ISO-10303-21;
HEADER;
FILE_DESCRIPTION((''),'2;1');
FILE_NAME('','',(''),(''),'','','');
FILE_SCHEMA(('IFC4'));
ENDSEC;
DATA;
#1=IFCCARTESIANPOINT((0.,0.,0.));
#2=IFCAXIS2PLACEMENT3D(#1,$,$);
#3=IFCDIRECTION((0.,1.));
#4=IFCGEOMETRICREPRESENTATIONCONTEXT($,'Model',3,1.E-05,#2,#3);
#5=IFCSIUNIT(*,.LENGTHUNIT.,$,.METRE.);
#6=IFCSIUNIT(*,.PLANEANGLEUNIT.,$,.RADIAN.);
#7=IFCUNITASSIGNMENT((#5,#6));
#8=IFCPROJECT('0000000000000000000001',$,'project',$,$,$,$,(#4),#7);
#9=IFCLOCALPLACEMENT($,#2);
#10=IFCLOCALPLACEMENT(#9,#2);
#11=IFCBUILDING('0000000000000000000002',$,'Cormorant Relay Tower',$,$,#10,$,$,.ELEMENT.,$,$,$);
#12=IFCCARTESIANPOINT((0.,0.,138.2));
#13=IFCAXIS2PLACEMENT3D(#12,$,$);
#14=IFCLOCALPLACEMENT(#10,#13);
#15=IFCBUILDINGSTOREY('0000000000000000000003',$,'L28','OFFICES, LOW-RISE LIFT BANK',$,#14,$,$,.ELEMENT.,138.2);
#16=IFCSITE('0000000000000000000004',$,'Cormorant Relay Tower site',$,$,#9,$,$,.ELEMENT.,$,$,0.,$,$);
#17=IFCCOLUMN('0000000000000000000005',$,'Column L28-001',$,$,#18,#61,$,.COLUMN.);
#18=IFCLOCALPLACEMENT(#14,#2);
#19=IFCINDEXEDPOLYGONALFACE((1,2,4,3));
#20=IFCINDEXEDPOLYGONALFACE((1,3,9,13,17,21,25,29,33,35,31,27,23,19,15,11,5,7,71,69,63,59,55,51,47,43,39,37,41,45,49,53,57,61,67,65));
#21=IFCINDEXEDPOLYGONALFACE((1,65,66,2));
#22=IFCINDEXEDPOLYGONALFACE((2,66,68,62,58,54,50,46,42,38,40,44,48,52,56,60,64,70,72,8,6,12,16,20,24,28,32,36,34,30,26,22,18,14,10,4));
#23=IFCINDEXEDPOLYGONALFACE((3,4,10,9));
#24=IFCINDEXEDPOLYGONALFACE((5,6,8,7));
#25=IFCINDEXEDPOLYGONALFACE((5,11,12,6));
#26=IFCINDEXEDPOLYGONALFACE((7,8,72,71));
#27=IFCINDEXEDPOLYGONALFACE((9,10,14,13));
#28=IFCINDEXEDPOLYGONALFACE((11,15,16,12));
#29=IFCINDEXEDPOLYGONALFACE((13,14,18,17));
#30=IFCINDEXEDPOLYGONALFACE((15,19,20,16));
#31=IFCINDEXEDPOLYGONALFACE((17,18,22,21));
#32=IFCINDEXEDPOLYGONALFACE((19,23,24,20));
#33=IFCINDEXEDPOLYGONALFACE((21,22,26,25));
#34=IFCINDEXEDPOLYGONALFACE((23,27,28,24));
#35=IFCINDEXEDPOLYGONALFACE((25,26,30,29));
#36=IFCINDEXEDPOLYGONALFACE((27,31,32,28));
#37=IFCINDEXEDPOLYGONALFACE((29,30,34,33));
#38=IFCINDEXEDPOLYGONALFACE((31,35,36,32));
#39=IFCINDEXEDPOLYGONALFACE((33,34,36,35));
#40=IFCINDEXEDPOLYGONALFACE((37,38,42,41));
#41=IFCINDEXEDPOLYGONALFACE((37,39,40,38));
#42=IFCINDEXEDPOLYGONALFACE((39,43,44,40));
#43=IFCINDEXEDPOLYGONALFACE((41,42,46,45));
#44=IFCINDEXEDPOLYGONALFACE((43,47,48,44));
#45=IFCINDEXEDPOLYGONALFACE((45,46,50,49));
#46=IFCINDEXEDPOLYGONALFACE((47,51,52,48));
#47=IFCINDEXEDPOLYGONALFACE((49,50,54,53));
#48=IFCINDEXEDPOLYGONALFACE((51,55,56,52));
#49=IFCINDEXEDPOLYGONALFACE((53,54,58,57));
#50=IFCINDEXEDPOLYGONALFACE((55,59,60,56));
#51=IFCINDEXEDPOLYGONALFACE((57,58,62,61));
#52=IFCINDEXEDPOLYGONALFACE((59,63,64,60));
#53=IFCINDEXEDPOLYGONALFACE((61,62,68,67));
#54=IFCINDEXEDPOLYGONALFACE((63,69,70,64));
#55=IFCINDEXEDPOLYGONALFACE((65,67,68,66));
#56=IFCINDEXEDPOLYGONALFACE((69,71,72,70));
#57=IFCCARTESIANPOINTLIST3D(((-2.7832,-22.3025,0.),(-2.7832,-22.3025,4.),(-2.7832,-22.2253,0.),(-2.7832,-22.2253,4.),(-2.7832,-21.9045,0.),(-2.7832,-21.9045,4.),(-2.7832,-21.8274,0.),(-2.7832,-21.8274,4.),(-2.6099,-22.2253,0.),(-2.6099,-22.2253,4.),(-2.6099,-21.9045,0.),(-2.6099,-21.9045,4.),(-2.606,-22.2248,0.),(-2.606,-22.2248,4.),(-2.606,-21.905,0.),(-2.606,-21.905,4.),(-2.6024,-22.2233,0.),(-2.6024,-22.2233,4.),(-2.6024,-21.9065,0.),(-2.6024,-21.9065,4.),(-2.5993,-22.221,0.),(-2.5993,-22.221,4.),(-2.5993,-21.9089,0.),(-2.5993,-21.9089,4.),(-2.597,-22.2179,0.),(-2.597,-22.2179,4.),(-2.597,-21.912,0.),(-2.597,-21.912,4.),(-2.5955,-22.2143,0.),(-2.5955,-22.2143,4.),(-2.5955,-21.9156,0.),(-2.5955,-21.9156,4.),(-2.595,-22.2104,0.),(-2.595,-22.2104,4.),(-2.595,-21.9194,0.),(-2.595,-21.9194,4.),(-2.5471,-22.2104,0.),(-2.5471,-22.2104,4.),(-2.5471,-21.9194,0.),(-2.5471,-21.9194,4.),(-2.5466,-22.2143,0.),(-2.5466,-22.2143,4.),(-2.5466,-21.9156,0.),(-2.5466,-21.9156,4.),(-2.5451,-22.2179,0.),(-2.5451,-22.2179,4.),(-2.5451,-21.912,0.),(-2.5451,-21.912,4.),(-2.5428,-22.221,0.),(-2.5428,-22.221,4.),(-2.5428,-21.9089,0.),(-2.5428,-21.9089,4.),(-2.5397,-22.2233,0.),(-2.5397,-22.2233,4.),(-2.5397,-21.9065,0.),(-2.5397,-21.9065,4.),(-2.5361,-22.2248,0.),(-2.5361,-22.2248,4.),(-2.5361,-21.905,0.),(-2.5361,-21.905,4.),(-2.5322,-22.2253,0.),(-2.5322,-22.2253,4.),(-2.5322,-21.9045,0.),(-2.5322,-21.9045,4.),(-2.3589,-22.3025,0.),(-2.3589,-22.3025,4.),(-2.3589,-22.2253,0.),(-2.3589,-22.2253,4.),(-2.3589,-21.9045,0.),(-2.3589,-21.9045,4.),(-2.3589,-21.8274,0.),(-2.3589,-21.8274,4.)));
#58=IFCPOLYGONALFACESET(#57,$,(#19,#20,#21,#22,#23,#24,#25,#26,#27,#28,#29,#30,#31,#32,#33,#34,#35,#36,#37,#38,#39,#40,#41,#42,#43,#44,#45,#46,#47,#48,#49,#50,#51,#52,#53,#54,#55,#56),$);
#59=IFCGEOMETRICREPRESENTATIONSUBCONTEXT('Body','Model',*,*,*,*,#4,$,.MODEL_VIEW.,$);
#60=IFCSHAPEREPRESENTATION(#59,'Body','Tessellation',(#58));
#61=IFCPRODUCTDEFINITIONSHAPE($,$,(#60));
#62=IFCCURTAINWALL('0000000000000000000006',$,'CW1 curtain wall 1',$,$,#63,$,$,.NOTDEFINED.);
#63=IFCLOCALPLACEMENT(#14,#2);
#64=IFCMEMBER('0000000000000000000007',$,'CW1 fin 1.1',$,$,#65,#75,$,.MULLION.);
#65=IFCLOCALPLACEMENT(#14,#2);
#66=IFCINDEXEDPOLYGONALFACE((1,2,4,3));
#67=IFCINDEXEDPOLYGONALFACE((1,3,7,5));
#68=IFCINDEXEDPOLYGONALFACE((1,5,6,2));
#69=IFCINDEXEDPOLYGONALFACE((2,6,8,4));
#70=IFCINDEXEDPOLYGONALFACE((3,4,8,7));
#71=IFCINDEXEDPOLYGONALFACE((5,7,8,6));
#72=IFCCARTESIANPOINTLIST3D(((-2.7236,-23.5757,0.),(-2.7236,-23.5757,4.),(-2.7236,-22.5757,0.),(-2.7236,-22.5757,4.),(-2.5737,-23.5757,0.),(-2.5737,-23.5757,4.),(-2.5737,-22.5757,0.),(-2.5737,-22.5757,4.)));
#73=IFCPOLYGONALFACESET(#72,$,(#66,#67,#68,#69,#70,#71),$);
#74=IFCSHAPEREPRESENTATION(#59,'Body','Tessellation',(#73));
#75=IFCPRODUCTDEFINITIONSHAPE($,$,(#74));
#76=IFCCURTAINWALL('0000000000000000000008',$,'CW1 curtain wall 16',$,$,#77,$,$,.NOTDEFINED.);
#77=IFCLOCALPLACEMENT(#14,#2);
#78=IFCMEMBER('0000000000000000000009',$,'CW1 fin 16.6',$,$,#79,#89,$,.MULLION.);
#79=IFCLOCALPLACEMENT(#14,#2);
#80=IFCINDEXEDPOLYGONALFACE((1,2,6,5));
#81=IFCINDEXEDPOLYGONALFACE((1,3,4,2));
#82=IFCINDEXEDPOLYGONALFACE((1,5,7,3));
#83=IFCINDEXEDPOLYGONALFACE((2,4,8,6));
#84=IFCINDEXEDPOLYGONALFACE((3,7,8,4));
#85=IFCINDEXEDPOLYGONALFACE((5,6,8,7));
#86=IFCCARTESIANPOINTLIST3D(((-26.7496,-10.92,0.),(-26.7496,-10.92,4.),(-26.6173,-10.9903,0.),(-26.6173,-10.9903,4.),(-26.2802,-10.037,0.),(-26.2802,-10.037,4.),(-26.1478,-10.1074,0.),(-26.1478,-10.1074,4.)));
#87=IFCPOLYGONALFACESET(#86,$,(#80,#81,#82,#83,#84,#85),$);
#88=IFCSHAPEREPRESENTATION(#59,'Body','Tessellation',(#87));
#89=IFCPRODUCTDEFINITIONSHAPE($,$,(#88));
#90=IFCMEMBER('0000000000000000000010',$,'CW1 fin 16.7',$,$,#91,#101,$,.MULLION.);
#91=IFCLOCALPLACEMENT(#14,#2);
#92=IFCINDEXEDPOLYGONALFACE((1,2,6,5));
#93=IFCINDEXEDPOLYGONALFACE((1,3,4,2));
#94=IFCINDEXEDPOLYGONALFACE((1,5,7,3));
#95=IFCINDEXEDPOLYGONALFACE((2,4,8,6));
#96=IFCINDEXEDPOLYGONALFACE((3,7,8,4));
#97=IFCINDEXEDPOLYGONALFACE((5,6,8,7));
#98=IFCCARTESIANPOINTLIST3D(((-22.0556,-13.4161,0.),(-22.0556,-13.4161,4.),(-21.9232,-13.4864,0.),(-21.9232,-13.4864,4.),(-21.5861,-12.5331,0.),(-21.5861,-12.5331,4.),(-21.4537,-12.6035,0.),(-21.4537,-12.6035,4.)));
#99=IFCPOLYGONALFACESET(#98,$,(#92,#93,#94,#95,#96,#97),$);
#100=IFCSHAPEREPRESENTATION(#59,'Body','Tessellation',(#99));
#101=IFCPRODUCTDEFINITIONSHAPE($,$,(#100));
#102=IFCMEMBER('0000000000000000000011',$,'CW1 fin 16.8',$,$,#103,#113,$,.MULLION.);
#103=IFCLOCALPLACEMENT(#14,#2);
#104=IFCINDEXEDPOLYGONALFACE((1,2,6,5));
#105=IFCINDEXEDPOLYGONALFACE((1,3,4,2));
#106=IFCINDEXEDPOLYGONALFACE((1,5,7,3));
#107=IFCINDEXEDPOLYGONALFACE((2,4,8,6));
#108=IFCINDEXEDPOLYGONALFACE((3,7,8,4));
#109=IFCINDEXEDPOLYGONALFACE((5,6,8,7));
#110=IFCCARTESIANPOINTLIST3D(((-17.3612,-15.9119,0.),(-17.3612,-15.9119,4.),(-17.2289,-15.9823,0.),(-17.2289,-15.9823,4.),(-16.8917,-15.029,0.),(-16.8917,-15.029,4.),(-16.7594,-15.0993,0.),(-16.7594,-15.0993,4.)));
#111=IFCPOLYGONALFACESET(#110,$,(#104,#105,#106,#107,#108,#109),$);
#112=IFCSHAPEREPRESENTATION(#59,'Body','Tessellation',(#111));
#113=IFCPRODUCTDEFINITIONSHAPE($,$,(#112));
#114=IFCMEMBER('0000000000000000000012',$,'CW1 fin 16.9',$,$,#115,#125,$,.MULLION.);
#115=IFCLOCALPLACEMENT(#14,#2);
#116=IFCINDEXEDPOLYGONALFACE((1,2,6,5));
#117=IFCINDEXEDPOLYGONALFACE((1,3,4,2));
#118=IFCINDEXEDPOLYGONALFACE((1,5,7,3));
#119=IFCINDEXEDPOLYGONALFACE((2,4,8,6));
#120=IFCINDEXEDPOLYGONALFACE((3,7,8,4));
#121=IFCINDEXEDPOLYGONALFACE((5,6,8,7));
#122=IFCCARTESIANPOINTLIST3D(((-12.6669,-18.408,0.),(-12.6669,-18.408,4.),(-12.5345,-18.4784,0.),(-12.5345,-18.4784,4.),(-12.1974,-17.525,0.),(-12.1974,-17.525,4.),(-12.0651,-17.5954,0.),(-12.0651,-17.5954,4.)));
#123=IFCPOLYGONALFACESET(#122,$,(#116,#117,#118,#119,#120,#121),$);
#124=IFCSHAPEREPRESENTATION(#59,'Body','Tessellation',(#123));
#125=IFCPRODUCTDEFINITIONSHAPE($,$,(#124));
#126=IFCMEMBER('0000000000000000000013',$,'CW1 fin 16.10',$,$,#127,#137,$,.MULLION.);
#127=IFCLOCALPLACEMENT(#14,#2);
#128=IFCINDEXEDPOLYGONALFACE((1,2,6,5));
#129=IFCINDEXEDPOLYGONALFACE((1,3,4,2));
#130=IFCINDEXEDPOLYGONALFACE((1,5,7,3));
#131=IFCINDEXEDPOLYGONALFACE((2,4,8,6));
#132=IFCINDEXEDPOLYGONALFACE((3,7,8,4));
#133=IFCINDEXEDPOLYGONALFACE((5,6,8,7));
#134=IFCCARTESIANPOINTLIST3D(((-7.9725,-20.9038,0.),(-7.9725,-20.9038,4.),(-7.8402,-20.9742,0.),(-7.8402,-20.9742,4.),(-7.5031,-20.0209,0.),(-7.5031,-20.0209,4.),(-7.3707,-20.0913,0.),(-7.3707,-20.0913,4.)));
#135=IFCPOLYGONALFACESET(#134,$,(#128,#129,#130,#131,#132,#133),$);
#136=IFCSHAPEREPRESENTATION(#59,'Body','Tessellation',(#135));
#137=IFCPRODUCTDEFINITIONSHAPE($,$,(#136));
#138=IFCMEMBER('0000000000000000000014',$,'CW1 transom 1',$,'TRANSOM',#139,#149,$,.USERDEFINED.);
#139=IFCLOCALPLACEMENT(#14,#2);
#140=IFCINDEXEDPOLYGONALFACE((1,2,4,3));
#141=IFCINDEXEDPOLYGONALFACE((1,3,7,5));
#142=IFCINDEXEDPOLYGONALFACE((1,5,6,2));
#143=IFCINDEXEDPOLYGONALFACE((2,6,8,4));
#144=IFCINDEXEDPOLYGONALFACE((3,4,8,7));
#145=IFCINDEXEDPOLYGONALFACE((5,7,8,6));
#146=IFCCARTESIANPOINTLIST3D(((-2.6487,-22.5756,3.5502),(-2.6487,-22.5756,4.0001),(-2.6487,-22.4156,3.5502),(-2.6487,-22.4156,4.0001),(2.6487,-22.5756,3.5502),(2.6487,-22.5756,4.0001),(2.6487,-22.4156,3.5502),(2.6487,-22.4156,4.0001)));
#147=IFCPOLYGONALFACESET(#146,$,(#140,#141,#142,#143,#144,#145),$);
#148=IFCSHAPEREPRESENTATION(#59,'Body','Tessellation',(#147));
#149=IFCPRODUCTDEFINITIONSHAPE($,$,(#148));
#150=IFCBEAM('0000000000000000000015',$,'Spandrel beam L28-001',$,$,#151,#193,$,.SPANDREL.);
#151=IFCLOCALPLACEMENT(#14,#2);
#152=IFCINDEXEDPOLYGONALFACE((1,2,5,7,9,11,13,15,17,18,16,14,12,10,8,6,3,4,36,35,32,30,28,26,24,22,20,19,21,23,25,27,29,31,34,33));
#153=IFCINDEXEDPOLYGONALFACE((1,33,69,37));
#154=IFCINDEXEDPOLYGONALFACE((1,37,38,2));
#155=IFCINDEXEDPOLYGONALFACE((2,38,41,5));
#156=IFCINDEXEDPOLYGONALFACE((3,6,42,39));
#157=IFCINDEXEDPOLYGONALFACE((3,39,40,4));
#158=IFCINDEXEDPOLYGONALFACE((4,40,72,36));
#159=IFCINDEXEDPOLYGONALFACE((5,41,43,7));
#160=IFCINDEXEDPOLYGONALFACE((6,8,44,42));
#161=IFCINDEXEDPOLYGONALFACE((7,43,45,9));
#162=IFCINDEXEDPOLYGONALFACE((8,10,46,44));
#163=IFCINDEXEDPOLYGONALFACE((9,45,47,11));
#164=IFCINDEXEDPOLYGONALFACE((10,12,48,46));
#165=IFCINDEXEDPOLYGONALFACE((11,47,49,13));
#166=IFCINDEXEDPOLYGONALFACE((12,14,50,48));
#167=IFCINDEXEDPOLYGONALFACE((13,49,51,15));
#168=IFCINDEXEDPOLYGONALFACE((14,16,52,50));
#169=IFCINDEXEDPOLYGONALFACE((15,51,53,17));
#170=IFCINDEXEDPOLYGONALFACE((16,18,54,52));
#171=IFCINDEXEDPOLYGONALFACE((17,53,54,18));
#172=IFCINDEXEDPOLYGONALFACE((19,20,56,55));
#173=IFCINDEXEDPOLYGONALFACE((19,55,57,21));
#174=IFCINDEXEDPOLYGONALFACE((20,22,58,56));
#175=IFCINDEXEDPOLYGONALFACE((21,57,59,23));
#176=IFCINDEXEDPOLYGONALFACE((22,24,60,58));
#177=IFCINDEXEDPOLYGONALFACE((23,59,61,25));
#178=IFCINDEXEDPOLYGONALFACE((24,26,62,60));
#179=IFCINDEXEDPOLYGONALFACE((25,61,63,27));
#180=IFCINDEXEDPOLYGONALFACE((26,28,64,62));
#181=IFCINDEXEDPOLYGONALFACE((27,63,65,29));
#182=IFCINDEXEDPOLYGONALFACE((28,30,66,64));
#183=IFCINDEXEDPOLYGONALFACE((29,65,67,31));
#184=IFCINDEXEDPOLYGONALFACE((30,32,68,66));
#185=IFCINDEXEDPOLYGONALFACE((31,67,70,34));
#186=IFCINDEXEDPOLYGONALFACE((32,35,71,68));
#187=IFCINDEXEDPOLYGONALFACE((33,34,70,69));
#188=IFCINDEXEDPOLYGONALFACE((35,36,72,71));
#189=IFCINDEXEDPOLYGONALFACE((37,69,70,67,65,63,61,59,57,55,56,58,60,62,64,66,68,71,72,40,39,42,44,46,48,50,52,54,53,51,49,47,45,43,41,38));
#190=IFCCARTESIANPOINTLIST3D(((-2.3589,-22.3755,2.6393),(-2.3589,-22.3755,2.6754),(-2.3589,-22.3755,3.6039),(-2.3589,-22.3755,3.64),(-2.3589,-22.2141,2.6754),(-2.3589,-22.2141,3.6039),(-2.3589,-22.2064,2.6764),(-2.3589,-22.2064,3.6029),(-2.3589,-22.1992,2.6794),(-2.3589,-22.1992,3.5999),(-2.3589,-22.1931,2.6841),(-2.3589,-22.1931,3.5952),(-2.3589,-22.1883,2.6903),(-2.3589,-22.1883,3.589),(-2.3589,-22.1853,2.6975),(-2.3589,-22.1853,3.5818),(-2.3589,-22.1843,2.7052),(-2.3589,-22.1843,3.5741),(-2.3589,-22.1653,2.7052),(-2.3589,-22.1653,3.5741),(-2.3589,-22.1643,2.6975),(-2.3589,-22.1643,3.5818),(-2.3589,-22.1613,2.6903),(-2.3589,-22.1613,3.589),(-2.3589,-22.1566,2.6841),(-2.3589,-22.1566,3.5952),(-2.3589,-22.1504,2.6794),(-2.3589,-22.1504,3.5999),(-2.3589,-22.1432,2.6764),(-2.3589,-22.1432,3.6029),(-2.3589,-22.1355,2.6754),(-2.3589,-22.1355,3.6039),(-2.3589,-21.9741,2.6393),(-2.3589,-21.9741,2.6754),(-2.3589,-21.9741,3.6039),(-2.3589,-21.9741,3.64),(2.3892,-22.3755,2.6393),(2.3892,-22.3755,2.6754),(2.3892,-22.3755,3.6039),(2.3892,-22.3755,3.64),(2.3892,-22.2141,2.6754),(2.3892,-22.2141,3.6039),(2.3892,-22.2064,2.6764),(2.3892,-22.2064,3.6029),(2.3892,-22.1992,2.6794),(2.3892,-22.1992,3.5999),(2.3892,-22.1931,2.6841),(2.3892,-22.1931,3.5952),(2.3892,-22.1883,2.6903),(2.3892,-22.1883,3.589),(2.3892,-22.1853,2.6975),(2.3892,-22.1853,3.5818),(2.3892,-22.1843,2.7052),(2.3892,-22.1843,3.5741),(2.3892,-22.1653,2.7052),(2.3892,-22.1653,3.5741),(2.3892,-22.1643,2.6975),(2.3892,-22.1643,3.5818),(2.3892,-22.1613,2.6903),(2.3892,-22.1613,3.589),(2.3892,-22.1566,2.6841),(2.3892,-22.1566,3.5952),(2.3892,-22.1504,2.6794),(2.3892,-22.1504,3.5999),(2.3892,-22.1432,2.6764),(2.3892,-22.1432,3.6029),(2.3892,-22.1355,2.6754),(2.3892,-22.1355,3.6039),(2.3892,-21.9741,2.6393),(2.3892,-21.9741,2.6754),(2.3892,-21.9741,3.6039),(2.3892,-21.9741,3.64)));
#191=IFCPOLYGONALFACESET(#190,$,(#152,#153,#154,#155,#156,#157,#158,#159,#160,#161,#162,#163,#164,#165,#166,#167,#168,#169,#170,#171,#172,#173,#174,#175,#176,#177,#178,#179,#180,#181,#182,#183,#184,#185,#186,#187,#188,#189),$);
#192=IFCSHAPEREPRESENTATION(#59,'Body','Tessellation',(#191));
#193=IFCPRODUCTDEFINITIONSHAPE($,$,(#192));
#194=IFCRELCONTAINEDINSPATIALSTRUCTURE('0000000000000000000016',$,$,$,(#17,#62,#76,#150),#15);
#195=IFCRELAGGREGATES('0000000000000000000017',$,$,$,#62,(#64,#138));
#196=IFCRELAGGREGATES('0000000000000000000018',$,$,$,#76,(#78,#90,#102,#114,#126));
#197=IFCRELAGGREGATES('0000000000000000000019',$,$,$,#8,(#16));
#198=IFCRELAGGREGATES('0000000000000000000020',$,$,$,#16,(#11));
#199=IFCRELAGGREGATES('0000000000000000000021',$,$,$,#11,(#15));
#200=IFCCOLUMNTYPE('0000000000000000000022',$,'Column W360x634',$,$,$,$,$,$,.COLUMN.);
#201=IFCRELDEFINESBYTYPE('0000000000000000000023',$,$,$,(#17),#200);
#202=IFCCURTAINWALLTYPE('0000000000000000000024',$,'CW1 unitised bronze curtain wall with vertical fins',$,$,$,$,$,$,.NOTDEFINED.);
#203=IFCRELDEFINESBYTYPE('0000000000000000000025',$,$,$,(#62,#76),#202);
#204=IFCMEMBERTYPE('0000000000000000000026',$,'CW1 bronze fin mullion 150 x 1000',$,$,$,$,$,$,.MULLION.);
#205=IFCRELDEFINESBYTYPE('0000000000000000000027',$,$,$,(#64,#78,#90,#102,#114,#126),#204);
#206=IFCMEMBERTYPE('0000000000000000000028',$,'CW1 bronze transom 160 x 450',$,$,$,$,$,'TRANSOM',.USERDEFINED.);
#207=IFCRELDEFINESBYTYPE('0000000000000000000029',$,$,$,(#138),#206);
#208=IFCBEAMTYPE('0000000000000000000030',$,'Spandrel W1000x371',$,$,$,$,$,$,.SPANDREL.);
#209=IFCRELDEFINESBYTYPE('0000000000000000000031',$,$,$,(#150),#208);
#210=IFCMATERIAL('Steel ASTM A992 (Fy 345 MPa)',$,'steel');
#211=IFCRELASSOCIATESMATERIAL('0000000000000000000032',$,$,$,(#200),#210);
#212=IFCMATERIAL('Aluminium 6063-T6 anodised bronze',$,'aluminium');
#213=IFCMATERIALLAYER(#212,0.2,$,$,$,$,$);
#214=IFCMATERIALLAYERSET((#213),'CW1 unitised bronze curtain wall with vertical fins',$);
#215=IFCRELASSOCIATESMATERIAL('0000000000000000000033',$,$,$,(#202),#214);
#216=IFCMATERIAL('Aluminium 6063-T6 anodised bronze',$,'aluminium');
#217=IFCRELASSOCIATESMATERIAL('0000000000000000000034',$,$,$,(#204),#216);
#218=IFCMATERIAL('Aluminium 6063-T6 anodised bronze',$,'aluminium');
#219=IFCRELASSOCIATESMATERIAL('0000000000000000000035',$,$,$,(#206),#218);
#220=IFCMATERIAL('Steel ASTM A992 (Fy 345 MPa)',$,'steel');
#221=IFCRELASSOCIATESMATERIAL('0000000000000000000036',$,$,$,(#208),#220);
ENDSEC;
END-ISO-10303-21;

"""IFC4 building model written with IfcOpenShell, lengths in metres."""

from ifc_helpers import new_model, si_unit, direction, frame, origin, origin_2d, place, context, subcontext, project, spatial, rectangle, i_section, extrude, material, layer, layer_set, material_profile, profile_set, type_object, element, aggregate, save


model = new_model("IFC4")

# Units and contexts
model_context = context("Model", 3, precision=1e-05, world=origin(), true_north=direction((0.0, 1.0)))
body_context = subcontext(model_context, "Body", "Model", "MODEL_VIEW")
ifc_project = project(units=[si_unit("LENGTHUNIT", "METRE"), si_unit("PLANEANGLEUNIT", "RADIAN")], contexts=[model_context])

# Site, building, storey
site_placement = place(None, origin())
site = spatial("IfcSite", under=ifc_project, at=site_placement, Name="Cormorant Relay Tower site", CompositionType="ELEMENT", RefElevation=0.0)
building_placement = place(site_placement, origin())
building = spatial("IfcBuilding", under=site, at=building_placement, Name="Cormorant Relay Tower", CompositionType="ELEMENT")
storey_placement = place(building_placement, frame((0.0, 0.0, 138.2)))
storey = spatial("IfcBuildingStorey", under=building, at=storey_placement, Name="L28", Description="OFFICES, LOW-RISE LIFT BANK", CompositionType="ELEMENT", Elevation=138.2)

# Column
ifc_material_1 = material(Name="Steel ASTM A992 (Fy 345 MPa)", Category="steel")
ifc_material_profile_1 = material_profile(ifc_material_1, i_section(OverallWidth=0.4243, OverallDepth=0.4751, WebThickness=0.0479, FlangeThickness=0.0771, FilletRadius=0.0149, at=origin_2d()), Name="W360x634")
ifc_profile_set_1 = profile_set([ifc_material_profile_1], Name="Steel ASTM A992 (Fy 345 MPa)")
column_type_1 = type_object("IfcColumnType", Name="Column W360x634", PredefinedType="COLUMN", material=ifc_profile_set_1)
column_1_placement = place(storey_placement, frame((-2.571, -22.0649, 0.0), z_axis=(0.0, 0.0, 1.0), x_axis=(1.0, 0.0, 0.0)))
element("IfcColumn", 1, at=column_1_placement, inside=storey, type_object=column_type_1, Name="Column L28-001", PredefinedType="COLUMN", context=body_context, shape_type="SweptSolid", body=[
    extrude(i_section(OverallWidth=0.4243, OverallDepth=0.4751, WebThickness=0.0479, FlangeThickness=0.0771, FilletRadius=0.0149, at=origin_2d()), origin(), (0.0, 0.0, 1.0), 4.0),
])

# Curtain wall, member
ifc_material_2 = material(Name="Aluminium 6063-T6 anodised bronze", Category="aluminium")
ifc_layer_1 = layer(ifc_material_2, 0.2)
ifc_layer_set_1 = layer_set([ifc_layer_1], Name="CW1 unitised bronze curtain wall with vertical fins")
curtain_wall_type = type_object("IfcCurtainWallType", Name="CW1 unitised bronze curtain wall with vertical fins", PredefinedType="NOTDEFINED", material=ifc_layer_set_1)
curtain_wall_1_placement = place(storey_placement, origin())
curtain_wall_1 = element("IfcCurtainWall", 2, at=curtain_wall_1_placement, inside=storey, type_object=curtain_wall_type, Name="CW1 curtain wall 1", PredefinedType="NOTDEFINED")
ifc_material_3 = material(Name="Aluminium 6063-T6 anodised bronze", Category="aluminium")
ifc_material_profile_2 = material_profile(ifc_material_3, rectangle(XDim=0.1499, YDim=1.0, at=origin_2d()), Name="AL 150x1000")
ifc_profile_set_2 = profile_set([ifc_material_profile_2], Name="Aluminium 6063-T6 anodised bronze")
member_type_1 = type_object("IfcMemberType", Name="CW1 bronze fin mullion 150 x 1000", PredefinedType="MULLION", material=ifc_profile_set_2)
member_1_placement = place(storey_placement, frame((-2.6487, -23.0757, 0.0), z_axis=(0.0, 0.0, 1.0), x_axis=(1.0, 0.0, 0.0)))
member_1 = element("IfcMember", 3, at=member_1_placement, type_object=member_type_1, Name="CW1 fin 1.1", PredefinedType="MULLION", context=body_context, shape_type="SweptSolid", body=[
    extrude(rectangle(XDim=0.1499, YDim=1.0, at=origin_2d()), origin(), (0.0, 0.0, 1.0), 4.0),
])

# Curtain wall, members
curtain_wall_2_placement = place(storey_placement, origin())
curtain_wall_2 = element("IfcCurtainWall", 4, at=curtain_wall_2_placement, inside=storey, type_object=curtain_wall_type, Name="CW1 curtain wall 16", PredefinedType="NOTDEFINED")
member_2_placement = place(storey_placement, frame((-26.4487, -10.5137, 0.0), z_axis=(0.0, 0.0, 1.0), x_axis=(0.882948, -0.469472, 0.0)))
member_2 = element("IfcMember", 5, at=member_2_placement, type_object=member_type_1, Name="CW1 fin 16.6", PredefinedType="MULLION", context=body_context, shape_type="SweptSolid", body=[
    extrude(rectangle(XDim=0.1499, YDim=1.0, at=origin_2d()), origin(), (0.0, 0.0, 1.0), 4.0),
])
member_3_placement = place(storey_placement, frame((-21.7546, -13.0098, 0.0), z_axis=(0.0, 0.0, 1.0), x_axis=(0.882948, -0.469472, 0.0)))
member_3 = element("IfcMember", 6, at=member_3_placement, type_object=member_type_1, Name="CW1 fin 16.7", PredefinedType="MULLION", context=body_context, shape_type="SweptSolid", body=[
    extrude(rectangle(XDim=0.1499, YDim=1.0, at=origin_2d()), origin(), (0.0, 0.0, 1.0), 4.0),
])
member_4_placement = place(storey_placement, frame((-17.0603, -15.5056, 0.0), z_axis=(0.0, 0.0, 1.0), x_axis=(0.882948, -0.469472, 0.0)))
member_4 = element("IfcMember", 7, at=member_4_placement, type_object=member_type_1, Name="CW1 fin 16.8", PredefinedType="MULLION", context=body_context, shape_type="SweptSolid", body=[
    extrude(rectangle(XDim=0.1499, YDim=1.0, at=origin_2d()), origin(), (0.0, 0.0, 1.0), 4.0),
])
member_5_placement = place(storey_placement, frame((-12.366, -18.0017, 0.0), z_axis=(0.0, 0.0, 1.0), x_axis=(0.882948, -0.469472, 0.0)))
member_5 = element("IfcMember", 8, at=member_5_placement, type_object=member_type_1, Name="CW1 fin 16.9", PredefinedType="MULLION", context=body_context, shape_type="SweptSolid", body=[
    extrude(rectangle(XDim=0.1499, YDim=1.0, at=origin_2d()), origin(), (0.0, 0.0, 1.0), 4.0),
])
member_6_placement = place(storey_placement, frame((-7.6716, -20.4976, 0.0), z_axis=(0.0, 0.0, 1.0), x_axis=(0.882948, -0.469472, 0.0)))
member_6 = element("IfcMember", 9, at=member_6_placement, type_object=member_type_1, Name="CW1 fin 16.10", PredefinedType="MULLION", context=body_context, shape_type="SweptSolid", body=[
    extrude(rectangle(XDim=0.1499, YDim=1.0, at=origin_2d()), origin(), (0.0, 0.0, 1.0), 4.0),
])

# Member
ifc_material_4 = material(Name="Aluminium 6063-T6 anodised bronze", Category="aluminium")
ifc_material_profile_3 = material_profile(ifc_material_4, rectangle(XDim=0.1599, YDim=0.45, at=origin_2d()), Name="AL 160x450")
ifc_profile_set_3 = profile_set([ifc_material_profile_3], Name="Aluminium 6063-T6 anodised bronze")
member_type_2 = type_object("IfcMemberType", Name="CW1 bronze transom 160 x 450", ElementType="TRANSOM", PredefinedType="USERDEFINED", material=ifc_profile_set_3)
member_7_placement = place(storey_placement, frame((-2.6487, -22.4956, 3.7751), z_axis=(1.0, 0.0, 0.0), x_axis=(0.0, 1.0, 0.0)))
member_7 = element("IfcMember", 10, at=member_7_placement, type_object=member_type_2, Name="CW1 transom 1", ObjectType="TRANSOM", PredefinedType="USERDEFINED", context=body_context, shape_type="SweptSolid", body=[
    extrude(rectangle(XDim=0.1599, YDim=0.45, at=origin_2d()), origin(), (0.0, 0.0, 1.0), 5.2974),
])
aggregate(curtain_wall_1, [member_1, member_7])

# Beam
ifc_material_5 = material(Name="Steel ASTM A992 (Fy 345 MPa)", Category="steel")
ifc_material_profile_4 = material_profile(ifc_material_5, i_section(OverallWidth=0.4014, OverallDepth=1.0007, WebThickness=0.019, FlangeThickness=0.0361, FilletRadius=0.0298, at=origin_2d()), Name="W1000x371")
ifc_profile_set_4 = profile_set([ifc_material_profile_4], Name="Steel ASTM A992 (Fy 345 MPa)")
beam_type = type_object("IfcBeamType", Name="Spandrel W1000x371", PredefinedType="SPANDREL", material=ifc_profile_set_4)
beam_1_placement = place(storey_placement, frame((-2.3589, -22.1748, 3.1396), z_axis=(1.0, 0.0, 0.0), x_axis=(0.0, 1.0, 0.0)))
element("IfcBeam", 11, at=beam_1_placement, inside=storey, type_object=beam_type, Name="Spandrel beam L28-001", PredefinedType="SPANDREL", context=body_context, shape_type="SweptSolid", body=[
    extrude(i_section(OverallWidth=0.4014, OverallDepth=1.0007, WebThickness=0.019, FlangeThickness=0.0361, FilletRadius=0.0298, at=origin_2d()), origin(), (0.0, 0.0, 1.0), 4.748),
])

aggregate(curtain_wall_2, [member_2, member_3, member_4, member_5, member_6])

save(model, "model.ifc")
